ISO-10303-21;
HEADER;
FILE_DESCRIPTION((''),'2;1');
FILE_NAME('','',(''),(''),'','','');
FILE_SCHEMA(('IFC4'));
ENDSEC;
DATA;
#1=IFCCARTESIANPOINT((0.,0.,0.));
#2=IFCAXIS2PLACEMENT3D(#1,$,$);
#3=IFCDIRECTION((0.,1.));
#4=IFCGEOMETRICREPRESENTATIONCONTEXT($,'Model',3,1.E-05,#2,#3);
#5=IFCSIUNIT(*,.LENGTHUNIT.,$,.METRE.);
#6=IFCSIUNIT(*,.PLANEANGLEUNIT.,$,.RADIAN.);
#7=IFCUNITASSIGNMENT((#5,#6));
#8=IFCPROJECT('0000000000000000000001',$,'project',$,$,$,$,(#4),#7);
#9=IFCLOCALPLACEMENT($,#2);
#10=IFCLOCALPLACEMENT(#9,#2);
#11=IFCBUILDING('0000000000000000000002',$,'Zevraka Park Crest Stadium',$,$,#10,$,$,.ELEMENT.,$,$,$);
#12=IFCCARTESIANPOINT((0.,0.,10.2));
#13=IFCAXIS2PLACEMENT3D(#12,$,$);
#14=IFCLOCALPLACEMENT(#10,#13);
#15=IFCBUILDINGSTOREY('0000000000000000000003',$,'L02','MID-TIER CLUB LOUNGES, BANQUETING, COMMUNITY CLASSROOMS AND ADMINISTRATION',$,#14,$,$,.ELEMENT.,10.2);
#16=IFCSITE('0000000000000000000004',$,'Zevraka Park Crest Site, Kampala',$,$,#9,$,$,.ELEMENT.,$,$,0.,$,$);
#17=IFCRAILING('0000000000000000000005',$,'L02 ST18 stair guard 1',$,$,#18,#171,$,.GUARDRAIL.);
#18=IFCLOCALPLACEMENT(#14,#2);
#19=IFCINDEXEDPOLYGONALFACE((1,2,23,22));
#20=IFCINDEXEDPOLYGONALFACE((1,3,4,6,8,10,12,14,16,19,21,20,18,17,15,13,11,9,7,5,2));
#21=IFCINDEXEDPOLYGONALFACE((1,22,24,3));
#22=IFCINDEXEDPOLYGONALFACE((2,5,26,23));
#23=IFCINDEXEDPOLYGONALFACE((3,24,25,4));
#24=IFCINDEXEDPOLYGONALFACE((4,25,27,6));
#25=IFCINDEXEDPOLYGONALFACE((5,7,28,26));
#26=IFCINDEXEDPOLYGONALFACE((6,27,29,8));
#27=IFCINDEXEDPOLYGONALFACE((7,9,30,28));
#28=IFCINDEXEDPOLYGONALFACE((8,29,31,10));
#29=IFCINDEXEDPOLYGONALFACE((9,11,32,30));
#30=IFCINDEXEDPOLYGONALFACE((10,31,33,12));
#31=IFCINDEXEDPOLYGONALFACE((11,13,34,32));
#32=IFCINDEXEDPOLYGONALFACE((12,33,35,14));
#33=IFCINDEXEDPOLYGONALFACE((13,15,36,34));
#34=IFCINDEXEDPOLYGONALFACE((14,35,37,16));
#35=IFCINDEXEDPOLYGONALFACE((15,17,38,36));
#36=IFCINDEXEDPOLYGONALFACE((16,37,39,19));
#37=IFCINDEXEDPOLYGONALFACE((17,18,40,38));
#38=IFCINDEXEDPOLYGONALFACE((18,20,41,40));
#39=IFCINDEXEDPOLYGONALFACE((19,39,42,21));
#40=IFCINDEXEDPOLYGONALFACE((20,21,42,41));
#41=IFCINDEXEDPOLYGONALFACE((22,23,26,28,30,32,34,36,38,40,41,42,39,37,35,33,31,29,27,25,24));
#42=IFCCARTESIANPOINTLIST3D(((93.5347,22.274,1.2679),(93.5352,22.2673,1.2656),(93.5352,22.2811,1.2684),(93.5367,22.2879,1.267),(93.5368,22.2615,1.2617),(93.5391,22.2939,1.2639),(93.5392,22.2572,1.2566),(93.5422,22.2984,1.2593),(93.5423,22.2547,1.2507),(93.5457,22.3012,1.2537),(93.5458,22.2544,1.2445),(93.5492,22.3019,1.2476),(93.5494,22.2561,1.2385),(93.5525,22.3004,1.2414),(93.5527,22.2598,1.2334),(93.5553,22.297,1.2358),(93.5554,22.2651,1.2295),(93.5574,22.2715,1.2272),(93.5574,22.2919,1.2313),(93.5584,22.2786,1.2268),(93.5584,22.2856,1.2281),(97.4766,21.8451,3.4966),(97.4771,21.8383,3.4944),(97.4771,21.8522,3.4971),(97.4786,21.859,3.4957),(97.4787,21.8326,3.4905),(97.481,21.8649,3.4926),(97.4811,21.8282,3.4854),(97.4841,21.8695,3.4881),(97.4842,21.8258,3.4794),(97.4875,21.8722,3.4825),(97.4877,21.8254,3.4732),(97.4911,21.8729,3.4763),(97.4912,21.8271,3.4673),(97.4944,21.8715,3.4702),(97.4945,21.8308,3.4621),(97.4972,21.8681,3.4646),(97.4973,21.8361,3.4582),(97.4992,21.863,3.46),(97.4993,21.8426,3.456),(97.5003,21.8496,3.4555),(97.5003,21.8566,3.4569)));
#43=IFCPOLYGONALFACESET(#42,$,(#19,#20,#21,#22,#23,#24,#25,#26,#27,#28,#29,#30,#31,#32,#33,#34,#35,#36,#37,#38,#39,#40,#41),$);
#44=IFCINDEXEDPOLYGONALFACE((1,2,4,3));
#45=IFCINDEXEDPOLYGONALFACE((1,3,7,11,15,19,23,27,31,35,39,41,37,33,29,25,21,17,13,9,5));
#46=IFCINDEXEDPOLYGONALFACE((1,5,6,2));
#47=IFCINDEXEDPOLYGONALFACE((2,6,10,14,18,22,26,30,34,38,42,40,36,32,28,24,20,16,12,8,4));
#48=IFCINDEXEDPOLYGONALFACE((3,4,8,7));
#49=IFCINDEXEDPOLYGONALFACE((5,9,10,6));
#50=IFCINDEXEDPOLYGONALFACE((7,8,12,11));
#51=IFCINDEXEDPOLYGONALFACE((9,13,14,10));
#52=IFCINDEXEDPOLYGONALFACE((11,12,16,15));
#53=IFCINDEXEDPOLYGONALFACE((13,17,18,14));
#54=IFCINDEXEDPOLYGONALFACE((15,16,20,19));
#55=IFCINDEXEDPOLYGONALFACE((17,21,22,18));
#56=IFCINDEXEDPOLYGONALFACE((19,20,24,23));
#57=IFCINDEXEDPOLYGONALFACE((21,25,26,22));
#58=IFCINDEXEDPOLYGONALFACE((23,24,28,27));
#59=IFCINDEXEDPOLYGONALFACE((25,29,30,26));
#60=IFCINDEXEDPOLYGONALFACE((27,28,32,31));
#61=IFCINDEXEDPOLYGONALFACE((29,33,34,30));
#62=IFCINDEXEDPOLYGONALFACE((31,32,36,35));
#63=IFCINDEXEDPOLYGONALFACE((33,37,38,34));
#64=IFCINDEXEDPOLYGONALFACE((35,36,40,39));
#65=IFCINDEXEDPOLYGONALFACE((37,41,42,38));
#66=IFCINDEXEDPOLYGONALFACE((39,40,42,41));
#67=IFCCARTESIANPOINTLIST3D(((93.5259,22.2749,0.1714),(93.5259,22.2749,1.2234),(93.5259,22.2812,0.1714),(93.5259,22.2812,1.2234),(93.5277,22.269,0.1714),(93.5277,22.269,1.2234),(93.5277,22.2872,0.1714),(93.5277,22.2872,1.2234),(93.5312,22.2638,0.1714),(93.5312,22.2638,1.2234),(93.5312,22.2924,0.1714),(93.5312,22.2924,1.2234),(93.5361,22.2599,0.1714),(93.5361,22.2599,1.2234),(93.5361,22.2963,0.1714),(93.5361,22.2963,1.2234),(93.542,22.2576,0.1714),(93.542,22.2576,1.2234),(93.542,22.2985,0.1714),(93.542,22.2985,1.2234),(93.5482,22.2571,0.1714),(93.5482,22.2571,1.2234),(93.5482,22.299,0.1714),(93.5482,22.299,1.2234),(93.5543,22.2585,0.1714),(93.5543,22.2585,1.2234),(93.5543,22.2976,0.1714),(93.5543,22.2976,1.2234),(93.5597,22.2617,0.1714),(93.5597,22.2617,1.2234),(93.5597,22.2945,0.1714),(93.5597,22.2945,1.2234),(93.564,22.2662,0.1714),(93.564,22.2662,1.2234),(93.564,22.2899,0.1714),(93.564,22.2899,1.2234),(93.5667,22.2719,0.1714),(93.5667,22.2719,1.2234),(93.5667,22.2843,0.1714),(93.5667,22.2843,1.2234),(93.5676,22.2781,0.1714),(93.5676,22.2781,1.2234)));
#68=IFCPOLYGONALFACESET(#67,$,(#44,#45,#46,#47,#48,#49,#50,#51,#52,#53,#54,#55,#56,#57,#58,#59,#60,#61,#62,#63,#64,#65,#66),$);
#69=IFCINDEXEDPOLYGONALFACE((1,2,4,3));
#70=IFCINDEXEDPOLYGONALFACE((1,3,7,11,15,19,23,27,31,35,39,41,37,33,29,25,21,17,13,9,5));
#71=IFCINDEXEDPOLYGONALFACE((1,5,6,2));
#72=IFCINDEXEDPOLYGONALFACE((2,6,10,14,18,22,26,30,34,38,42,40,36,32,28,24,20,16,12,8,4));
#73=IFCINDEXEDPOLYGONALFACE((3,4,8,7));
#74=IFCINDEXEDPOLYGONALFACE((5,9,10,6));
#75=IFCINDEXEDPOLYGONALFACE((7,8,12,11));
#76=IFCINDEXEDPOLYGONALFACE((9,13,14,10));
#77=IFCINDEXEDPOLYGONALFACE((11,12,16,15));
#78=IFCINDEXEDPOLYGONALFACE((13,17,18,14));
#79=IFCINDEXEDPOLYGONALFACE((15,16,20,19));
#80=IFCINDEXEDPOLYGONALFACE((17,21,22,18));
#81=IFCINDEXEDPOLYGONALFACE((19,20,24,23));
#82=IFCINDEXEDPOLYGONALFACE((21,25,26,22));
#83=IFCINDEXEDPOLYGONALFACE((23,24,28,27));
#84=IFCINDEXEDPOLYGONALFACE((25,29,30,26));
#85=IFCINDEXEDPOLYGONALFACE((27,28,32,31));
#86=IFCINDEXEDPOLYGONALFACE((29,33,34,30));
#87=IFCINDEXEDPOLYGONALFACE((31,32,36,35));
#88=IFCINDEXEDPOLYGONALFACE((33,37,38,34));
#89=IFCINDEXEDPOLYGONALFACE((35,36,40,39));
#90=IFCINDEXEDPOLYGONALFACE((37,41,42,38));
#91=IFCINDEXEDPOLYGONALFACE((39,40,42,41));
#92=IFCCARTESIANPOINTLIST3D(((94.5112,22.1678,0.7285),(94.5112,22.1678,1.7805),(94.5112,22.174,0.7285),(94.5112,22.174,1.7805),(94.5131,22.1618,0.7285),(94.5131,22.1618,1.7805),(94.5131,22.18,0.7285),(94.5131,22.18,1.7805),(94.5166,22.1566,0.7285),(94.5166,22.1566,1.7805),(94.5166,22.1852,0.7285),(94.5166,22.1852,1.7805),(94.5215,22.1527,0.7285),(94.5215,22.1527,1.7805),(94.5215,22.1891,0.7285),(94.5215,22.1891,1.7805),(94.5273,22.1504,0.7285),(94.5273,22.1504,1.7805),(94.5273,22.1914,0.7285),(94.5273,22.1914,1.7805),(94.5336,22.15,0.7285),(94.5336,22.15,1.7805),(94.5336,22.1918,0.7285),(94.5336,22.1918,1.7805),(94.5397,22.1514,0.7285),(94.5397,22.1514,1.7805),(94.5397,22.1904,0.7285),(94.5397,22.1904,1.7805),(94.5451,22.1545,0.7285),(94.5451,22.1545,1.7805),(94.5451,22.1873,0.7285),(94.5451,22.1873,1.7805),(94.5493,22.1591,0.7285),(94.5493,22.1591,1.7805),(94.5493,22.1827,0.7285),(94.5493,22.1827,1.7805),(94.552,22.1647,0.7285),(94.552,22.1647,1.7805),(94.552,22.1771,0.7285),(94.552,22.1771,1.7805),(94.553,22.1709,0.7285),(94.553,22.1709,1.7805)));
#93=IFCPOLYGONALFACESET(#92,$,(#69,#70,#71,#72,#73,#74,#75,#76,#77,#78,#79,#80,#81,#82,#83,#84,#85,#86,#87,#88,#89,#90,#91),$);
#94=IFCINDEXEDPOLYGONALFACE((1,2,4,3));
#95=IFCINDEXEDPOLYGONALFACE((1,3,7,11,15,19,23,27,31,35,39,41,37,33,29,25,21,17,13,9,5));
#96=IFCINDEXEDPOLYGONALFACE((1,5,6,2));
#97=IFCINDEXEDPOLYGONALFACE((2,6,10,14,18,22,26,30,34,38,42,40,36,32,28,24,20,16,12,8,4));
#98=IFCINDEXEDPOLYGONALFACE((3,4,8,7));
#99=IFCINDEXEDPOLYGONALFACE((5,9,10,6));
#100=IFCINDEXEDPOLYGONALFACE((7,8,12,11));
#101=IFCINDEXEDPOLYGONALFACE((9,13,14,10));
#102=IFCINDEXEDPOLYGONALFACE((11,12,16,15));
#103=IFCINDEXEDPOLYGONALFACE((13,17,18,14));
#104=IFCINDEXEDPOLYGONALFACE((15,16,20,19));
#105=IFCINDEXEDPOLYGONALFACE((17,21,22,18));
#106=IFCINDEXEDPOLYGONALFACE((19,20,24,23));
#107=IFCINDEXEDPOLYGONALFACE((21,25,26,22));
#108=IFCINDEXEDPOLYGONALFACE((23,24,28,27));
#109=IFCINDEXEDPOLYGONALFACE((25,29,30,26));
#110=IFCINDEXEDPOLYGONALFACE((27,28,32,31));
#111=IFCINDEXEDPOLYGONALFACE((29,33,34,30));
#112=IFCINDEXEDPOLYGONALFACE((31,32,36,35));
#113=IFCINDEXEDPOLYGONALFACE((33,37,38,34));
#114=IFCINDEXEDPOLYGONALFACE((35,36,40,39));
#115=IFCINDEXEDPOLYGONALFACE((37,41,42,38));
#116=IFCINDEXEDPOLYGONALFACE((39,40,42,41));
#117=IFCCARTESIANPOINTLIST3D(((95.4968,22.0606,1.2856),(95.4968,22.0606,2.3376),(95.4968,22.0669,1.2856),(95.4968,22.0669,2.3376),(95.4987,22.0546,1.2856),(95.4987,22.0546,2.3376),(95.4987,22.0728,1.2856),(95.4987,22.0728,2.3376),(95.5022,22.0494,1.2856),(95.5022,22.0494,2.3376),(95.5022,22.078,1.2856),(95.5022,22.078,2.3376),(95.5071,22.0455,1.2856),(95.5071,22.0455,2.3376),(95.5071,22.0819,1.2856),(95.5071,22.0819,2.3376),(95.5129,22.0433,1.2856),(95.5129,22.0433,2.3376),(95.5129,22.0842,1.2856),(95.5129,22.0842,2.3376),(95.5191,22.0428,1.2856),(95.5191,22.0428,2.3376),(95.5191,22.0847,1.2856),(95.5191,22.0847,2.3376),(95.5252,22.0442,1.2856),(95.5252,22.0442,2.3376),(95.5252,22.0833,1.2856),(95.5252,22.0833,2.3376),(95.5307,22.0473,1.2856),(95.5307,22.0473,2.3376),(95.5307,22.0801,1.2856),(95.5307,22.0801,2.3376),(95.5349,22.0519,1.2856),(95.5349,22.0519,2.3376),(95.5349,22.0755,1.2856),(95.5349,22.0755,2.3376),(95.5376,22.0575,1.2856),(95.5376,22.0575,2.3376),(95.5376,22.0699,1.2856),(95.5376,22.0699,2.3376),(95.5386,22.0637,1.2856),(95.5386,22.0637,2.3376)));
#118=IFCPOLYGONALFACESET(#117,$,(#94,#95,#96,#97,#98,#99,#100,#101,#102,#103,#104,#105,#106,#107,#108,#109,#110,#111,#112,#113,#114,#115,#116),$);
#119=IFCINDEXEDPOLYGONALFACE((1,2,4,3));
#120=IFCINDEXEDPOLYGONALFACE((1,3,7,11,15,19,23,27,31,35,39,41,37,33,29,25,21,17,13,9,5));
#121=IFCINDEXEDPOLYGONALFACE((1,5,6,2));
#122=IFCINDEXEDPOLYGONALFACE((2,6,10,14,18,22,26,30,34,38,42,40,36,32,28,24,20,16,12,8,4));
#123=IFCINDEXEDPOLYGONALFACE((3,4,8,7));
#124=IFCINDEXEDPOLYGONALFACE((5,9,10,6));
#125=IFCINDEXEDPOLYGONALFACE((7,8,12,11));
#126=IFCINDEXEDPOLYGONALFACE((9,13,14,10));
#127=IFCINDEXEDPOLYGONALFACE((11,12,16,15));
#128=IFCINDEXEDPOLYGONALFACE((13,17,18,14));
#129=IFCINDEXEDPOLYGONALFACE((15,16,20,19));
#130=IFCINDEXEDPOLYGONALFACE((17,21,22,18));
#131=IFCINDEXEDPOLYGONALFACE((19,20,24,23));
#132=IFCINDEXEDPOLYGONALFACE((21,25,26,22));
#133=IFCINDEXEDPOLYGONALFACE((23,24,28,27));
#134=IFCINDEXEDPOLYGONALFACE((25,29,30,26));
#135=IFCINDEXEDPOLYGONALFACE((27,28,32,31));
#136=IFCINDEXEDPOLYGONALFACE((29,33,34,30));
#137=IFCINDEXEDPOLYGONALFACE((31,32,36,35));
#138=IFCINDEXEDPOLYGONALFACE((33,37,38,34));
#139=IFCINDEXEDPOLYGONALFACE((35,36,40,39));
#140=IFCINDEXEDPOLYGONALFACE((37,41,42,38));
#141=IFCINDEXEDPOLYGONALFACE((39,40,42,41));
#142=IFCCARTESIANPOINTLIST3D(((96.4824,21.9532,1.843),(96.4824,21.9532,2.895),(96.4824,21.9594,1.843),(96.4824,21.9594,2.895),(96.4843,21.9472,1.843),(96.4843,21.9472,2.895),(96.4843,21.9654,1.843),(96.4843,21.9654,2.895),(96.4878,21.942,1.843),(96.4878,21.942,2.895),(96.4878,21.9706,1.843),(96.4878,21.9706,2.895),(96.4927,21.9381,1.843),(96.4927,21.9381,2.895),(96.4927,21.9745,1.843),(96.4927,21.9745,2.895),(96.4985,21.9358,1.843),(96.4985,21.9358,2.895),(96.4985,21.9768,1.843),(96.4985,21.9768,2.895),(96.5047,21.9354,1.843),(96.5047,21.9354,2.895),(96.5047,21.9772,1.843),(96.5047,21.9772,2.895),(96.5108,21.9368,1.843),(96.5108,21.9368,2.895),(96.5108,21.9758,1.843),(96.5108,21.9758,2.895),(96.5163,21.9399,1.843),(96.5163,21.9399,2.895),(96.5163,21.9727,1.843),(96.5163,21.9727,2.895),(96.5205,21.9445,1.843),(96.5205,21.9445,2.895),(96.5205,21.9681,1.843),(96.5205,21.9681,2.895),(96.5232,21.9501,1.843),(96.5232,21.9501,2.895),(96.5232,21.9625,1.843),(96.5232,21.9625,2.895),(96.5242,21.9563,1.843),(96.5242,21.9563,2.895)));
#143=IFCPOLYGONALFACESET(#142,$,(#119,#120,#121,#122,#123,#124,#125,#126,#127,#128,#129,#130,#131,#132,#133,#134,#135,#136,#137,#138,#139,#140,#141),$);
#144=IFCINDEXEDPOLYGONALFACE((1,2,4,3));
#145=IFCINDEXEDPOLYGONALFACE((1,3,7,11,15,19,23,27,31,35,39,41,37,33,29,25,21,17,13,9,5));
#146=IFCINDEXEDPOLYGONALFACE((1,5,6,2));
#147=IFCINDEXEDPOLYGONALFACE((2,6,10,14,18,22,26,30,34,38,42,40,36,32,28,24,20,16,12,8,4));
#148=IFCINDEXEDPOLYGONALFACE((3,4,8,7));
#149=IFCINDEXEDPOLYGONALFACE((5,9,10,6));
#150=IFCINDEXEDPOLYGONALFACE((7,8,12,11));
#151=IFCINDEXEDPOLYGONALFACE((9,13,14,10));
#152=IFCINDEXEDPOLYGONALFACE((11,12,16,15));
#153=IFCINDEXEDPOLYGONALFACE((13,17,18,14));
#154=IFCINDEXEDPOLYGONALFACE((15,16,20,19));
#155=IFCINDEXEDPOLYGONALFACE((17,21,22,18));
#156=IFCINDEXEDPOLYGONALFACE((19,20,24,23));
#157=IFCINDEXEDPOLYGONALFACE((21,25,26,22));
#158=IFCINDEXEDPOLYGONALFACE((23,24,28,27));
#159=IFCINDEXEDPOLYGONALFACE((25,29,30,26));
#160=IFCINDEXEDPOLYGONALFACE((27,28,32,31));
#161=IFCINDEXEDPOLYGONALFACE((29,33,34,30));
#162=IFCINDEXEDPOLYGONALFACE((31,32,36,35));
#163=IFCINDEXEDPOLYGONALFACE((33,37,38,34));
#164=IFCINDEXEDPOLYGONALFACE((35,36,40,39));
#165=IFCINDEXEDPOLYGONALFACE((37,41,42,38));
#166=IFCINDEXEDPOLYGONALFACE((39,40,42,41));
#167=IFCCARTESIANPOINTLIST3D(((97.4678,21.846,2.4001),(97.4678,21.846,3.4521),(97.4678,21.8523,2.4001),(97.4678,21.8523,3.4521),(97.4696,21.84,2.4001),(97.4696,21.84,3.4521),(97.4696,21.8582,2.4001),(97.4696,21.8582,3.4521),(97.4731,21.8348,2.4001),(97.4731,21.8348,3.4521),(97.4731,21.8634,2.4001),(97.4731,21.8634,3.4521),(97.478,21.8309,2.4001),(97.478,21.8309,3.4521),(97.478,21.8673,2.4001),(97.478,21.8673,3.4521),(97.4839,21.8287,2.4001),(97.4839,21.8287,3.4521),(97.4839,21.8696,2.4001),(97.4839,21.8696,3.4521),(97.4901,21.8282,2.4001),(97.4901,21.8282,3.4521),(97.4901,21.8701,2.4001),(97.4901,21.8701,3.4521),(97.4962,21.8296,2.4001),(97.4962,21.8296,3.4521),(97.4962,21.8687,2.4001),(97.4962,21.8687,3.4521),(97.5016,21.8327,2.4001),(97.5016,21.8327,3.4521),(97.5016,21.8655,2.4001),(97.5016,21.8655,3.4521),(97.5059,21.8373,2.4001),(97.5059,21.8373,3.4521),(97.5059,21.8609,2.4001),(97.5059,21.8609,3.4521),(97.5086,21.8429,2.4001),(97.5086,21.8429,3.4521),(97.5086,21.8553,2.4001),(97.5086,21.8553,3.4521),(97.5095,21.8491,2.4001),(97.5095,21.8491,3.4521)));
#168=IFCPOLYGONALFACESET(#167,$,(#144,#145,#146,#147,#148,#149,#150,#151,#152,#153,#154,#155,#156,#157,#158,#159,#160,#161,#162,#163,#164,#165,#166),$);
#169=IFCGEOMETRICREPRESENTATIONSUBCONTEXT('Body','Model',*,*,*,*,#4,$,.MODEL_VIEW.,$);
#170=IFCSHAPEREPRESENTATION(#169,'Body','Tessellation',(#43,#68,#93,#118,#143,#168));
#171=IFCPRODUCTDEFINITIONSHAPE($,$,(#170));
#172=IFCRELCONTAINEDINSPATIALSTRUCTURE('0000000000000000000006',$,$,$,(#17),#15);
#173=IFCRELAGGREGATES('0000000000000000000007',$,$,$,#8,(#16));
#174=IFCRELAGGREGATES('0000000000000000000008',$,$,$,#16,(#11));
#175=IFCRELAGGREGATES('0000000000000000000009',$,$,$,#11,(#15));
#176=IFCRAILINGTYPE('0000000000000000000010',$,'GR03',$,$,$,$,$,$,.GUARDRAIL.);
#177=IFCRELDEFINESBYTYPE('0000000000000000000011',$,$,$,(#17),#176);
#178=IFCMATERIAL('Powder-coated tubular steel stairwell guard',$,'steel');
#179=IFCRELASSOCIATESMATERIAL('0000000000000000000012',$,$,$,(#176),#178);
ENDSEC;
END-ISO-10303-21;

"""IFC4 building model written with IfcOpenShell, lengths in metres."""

from ifc_helpers import new_model, si_unit, direction, frame, origin, origin_2d, place, context, subcontext, project, spatial, circle, extrude, material, type_object, element, save


model = new_model("IFC4")

# Units and contexts
model_context = context("Model", 3, precision=1e-05, world=origin(), true_north=direction((0.0, 1.0)))
body_context = subcontext(model_context, "Body", "Model", "MODEL_VIEW")
ifc_project = project(units=[si_unit("LENGTHUNIT", "METRE"), si_unit("PLANEANGLEUNIT", "RADIAN")], contexts=[model_context])

# Site, building, storey
site_placement = place(None, origin())
site = spatial("IfcSite", under=ifc_project, at=site_placement, Name="Zevraka Park Crest Site, Kampala", CompositionType="ELEMENT", RefElevation=0.0)
building_placement = place(site_placement, origin())
building = spatial("IfcBuilding", under=site, at=building_placement, Name="Zevraka Park Crest Stadium", CompositionType="ELEMENT")
storey_placement = place(building_placement, frame((0.0, 0.0, 10.2)))
storey = spatial("IfcBuildingStorey", under=building, at=storey_placement, Name="L02", Description="MID-TIER CLUB LOUNGES, BANQUETING, COMMUNITY CLASSROOMS AND ADMINISTRATION", CompositionType="ELEMENT", Elevation=10.2)

# Railing
ifc_material_1 = material(Name="Powder-coated tubular steel stairwell guard", Category="steel")
railing_type_1 = type_object("IfcRailingType", Name="GR03", PredefinedType="GUARDRAIL", material=ifc_material_1)
railing_1_placement = place(storey_placement, frame((93.5466, 22.2781, 0.1714)))
element("IfcRailing", 1, at=railing_1_placement, inside=storey, type_object=railing_type_1, Name="L02 ST18 stair guard 1", PredefinedType="GUARDRAIL", context=body_context, shape_type="SweptSolid", body=[
    extrude(circle(Radius=0.0239, at=origin_2d()), frame((0.0, 0.0, 1.0762), z_axis=(0.866614, -0.094305, 0.489986), x_axis=(0.108181, 0.994131, 0.0)), (0.0, 0.0, 1.0), 4.5486),
    extrude(circle(Radius=0.021, at=origin_2d()), origin(), (0.0, 0.0, 1.0), 1.052),
    extrude(circle(Radius=0.021, at=origin_2d()), frame((0.9854, -0.1072, 0.5571)), (0.0, 0.0, 1.0), 1.052),
    extrude(circle(Radius=0.021, at=origin_2d()), frame((1.9709, -0.2144, 1.1143)), (0.0, 0.0, 1.0), 1.052),
    extrude(circle(Radius=0.021, at=origin_2d()), frame((2.9565, -0.3218, 1.6716)), (0.0, 0.0, 1.0), 1.052),
    extrude(circle(Radius=0.021, at=origin_2d()), frame((3.9419, -0.429, 2.2288)), (0.0, 0.0, 1.0), 1.052),
])

save(model, "model.ifc")
